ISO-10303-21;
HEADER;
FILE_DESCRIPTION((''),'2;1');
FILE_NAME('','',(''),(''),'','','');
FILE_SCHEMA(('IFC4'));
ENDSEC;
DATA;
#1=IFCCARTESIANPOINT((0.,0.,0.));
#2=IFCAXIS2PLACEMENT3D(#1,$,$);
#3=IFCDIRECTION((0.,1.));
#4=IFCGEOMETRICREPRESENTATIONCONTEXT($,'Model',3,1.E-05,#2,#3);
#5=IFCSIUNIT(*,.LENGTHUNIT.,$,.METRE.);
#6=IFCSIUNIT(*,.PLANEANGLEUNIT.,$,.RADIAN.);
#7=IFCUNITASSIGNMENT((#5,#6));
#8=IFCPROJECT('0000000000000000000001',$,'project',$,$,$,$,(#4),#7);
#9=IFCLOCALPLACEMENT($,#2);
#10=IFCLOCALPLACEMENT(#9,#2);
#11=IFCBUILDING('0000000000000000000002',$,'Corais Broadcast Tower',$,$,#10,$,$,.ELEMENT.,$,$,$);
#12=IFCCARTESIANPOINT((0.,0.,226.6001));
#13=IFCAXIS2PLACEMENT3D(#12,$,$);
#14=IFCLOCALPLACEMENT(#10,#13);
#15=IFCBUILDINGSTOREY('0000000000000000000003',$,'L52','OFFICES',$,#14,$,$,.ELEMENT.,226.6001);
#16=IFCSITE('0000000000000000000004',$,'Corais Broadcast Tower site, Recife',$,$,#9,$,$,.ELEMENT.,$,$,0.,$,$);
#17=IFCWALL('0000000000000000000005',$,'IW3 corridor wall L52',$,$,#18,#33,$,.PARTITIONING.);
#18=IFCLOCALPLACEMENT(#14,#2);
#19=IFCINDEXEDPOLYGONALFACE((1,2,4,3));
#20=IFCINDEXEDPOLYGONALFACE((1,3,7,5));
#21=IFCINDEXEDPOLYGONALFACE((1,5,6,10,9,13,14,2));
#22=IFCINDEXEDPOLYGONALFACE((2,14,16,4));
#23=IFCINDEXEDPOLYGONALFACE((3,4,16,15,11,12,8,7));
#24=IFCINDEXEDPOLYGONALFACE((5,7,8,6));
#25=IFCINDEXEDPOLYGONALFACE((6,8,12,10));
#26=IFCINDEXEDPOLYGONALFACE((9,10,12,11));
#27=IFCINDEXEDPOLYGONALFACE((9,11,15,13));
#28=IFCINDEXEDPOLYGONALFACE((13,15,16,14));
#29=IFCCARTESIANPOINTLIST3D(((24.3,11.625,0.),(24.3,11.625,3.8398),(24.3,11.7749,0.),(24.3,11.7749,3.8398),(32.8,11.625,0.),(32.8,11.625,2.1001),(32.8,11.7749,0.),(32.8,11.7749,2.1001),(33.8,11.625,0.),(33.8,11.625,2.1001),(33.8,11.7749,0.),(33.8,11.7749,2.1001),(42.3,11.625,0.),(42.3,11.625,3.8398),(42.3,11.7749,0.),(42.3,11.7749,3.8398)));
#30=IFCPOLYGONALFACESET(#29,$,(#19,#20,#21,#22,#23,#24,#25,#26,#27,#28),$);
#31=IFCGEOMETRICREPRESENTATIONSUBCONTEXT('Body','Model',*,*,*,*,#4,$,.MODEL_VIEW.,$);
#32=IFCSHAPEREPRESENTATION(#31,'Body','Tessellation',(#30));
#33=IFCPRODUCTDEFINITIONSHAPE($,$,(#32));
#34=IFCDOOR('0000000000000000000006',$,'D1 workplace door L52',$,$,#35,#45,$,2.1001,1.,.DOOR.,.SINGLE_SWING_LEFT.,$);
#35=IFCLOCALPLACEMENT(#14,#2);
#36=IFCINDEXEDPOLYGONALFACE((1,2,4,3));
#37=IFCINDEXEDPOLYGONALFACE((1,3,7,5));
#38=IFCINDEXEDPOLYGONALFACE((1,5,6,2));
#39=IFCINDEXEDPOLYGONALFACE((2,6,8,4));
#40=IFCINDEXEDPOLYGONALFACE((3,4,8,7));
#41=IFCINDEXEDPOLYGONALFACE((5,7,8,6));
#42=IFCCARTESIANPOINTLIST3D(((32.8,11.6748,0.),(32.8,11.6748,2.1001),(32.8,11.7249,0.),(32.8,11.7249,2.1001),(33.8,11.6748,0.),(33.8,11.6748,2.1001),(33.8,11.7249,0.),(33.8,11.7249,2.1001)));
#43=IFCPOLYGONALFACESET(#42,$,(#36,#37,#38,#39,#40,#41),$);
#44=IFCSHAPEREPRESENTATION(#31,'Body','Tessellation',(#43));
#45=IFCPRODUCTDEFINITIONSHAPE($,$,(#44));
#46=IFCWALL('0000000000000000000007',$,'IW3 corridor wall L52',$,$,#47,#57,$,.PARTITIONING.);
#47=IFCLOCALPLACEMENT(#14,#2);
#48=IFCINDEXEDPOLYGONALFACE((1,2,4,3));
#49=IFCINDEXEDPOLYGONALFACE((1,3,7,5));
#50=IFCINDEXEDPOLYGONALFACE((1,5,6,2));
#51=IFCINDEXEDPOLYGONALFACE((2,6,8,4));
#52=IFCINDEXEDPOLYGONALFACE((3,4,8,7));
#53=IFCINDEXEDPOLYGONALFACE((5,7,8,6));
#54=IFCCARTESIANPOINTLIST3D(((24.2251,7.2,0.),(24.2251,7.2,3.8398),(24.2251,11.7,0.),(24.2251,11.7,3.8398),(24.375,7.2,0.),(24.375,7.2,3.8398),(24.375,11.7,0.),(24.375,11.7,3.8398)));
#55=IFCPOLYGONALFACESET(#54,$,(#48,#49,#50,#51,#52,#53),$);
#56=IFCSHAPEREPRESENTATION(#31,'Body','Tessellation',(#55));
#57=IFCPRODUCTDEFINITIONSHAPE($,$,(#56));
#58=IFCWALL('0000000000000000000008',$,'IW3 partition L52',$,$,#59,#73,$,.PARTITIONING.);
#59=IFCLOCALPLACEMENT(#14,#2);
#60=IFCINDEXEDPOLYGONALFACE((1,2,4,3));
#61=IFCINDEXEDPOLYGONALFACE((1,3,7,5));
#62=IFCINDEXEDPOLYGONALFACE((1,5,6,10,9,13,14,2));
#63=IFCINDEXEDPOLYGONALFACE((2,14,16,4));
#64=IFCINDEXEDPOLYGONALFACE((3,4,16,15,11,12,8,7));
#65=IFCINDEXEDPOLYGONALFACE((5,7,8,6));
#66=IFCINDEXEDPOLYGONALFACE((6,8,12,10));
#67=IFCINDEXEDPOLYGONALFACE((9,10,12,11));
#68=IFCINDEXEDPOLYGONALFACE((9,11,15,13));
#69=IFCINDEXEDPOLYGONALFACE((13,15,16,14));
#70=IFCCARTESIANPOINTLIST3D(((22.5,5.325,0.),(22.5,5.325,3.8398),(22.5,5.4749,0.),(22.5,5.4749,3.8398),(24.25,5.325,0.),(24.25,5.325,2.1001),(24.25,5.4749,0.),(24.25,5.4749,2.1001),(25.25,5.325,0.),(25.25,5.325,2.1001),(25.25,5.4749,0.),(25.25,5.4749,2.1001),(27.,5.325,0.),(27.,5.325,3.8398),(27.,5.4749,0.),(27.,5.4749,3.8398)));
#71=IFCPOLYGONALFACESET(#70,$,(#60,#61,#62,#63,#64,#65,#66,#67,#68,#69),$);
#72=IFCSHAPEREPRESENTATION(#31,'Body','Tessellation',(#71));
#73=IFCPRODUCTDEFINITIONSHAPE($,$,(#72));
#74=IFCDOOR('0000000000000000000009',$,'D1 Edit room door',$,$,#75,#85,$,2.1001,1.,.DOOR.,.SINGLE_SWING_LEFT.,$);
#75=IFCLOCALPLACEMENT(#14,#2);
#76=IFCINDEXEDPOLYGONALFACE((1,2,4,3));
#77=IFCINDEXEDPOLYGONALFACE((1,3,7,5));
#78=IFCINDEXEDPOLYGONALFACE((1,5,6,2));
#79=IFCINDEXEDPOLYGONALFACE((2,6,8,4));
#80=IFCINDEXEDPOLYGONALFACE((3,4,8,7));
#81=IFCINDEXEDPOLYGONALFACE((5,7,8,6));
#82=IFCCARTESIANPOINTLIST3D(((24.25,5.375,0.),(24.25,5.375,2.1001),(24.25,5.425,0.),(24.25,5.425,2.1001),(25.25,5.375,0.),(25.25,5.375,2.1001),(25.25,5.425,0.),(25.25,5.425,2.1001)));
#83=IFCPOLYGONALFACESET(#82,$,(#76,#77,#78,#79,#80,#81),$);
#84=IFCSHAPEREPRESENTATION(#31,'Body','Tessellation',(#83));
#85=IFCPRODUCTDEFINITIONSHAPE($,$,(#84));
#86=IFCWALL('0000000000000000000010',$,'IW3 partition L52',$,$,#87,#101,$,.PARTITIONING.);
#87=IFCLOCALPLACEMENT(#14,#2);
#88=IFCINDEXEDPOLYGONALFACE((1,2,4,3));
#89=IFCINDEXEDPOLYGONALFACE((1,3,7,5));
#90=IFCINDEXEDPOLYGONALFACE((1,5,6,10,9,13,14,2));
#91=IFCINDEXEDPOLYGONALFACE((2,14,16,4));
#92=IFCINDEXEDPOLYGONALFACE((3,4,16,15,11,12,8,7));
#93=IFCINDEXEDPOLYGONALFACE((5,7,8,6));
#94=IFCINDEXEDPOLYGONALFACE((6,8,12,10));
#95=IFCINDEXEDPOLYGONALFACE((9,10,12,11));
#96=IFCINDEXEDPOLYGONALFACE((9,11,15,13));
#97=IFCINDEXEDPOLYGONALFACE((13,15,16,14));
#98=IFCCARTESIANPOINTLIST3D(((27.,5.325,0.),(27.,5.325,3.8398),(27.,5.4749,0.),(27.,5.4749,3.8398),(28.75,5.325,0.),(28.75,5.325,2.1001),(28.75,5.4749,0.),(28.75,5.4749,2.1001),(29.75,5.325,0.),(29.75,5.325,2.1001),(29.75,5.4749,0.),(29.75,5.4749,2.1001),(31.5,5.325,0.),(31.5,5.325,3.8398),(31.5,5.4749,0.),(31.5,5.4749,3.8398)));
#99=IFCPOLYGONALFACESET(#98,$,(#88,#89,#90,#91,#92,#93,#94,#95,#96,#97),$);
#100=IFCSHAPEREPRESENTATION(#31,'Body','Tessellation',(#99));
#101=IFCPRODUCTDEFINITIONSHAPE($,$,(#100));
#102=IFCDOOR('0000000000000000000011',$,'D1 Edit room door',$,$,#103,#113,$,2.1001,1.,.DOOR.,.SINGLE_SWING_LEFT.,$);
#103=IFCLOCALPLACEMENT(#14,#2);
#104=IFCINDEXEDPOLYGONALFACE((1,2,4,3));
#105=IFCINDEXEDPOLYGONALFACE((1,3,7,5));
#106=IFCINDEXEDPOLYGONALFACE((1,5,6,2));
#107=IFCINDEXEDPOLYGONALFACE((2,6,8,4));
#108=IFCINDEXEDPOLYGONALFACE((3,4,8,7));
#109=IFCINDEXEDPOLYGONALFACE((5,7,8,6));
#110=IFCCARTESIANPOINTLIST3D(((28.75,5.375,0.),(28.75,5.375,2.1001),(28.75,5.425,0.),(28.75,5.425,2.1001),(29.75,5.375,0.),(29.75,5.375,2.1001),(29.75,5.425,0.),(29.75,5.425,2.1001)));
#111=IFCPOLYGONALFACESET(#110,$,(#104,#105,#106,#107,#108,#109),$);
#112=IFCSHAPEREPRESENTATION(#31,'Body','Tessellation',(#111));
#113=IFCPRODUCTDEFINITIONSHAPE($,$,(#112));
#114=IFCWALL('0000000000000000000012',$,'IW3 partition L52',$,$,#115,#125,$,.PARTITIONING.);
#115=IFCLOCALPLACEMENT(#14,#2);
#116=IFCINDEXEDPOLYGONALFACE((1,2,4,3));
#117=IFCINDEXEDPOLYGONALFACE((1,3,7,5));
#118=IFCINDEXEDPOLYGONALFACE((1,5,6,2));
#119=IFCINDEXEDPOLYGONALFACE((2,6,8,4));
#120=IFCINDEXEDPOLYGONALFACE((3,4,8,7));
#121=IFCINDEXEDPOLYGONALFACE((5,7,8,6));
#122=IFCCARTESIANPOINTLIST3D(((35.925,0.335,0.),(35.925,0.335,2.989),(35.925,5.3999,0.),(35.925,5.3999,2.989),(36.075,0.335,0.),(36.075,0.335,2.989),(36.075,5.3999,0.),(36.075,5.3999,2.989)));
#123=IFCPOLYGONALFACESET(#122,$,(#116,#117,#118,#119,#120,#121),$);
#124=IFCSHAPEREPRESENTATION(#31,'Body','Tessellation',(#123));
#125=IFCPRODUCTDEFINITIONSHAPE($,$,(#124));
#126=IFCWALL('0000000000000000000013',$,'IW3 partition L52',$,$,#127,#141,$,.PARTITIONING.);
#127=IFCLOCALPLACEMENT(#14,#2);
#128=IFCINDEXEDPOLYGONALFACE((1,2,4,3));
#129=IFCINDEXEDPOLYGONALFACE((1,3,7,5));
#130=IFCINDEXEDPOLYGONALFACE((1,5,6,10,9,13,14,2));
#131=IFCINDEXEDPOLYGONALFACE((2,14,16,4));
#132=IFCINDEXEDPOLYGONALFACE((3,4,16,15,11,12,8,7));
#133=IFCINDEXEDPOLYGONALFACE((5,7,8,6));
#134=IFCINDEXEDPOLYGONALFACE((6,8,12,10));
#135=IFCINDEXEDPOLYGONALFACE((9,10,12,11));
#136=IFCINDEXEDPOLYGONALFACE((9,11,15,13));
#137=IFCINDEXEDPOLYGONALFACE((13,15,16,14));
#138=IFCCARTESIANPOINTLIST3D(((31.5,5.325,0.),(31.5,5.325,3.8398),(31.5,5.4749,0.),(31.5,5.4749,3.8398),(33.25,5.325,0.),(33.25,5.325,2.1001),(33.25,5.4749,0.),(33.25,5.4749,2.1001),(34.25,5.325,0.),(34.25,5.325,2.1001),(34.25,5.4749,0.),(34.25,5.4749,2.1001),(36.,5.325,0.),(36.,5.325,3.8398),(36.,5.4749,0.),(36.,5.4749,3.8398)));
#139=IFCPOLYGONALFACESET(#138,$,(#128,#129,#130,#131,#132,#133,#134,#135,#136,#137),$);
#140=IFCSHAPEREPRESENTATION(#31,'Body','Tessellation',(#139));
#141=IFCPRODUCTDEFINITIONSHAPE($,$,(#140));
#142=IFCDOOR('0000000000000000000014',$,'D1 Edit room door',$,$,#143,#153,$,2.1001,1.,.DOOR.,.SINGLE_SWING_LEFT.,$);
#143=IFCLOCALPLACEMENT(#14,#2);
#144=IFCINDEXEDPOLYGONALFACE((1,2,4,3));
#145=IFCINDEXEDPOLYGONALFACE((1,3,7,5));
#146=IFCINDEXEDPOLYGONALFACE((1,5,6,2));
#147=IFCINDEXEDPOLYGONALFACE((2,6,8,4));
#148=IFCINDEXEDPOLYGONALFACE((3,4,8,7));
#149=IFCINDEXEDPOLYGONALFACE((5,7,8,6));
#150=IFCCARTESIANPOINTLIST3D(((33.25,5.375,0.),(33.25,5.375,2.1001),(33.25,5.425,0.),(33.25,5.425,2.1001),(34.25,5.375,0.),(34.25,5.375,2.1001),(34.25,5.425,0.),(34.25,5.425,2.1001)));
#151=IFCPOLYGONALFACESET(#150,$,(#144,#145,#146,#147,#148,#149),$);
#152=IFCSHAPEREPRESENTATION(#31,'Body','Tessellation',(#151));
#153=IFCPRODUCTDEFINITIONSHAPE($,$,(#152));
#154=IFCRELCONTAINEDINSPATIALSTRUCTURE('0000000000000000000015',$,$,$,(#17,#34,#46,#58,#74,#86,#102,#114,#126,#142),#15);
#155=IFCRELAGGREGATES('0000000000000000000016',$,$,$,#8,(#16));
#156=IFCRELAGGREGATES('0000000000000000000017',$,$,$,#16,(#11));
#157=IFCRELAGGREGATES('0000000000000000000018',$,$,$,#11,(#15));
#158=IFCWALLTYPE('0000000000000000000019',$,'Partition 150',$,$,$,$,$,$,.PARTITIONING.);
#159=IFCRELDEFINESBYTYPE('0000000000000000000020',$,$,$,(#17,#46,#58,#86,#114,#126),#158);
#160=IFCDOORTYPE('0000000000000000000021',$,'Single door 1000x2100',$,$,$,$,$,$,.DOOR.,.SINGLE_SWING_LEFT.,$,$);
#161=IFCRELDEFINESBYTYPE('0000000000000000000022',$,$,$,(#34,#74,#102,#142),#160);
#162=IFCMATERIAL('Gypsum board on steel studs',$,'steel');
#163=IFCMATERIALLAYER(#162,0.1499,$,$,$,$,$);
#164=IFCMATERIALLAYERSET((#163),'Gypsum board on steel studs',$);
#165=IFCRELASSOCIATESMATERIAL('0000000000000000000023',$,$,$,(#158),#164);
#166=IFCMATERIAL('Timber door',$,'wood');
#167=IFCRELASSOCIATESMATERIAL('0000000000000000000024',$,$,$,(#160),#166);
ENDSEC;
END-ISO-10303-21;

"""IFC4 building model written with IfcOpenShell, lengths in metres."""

from ifc_helpers import new_model, si_unit, direction, frame, frame_2d, origin, place, context, subcontext, project, spatial, rectangle, extrude, material, layer, layer_set, type_object, element, fill, save


model = new_model("IFC4")

# Units and contexts
model_context = context("Model", 3, precision=1e-05, world=origin(), true_north=direction((0.0, 1.0)))
body_context = subcontext(model_context, "Body", "Model", "MODEL_VIEW")
ifc_project = project(units=[si_unit("LENGTHUNIT", "METRE"), si_unit("PLANEANGLEUNIT", "RADIAN")], contexts=[model_context])

# Site, building, storey
site_placement = place(None, origin())
site = spatial("IfcSite", under=ifc_project, at=site_placement, Name="Corais Broadcast Tower site, Recife", CompositionType="ELEMENT", RefElevation=0.0)
building_placement = place(site_placement, origin())
building = spatial("IfcBuilding", under=site, at=building_placement, Name="Corais Broadcast Tower", CompositionType="ELEMENT")
storey_placement = place(building_placement, frame((0.0, 0.0, 226.6001)))
storey = spatial("IfcBuildingStorey", under=building, at=storey_placement, Name="L52", Description="OFFICES", CompositionType="ELEMENT", Elevation=226.6001)

# Wall, opening, door
ifc_material_1 = material(Name="Gypsum board on steel studs", Category="steel")
ifc_layer_1 = layer(ifc_material_1, 0.1499)
ifc_layer_set_1 = layer_set([ifc_layer_1], Name="Gypsum board on steel studs")
wall_type_1 = type_object("IfcWallType", Name="Partition 150", PredefinedType="PARTITIONING", material=ifc_layer_set_1)
wall_1_placement = place(storey_placement, frame((24.3, 11.7, 0.0), z_axis=(0.0, 0.0, 1.0), x_axis=(1.0, 0.0, 0.0)))
wall_1 = element("IfcWall", 1, at=wall_1_placement, inside=storey, type_object=wall_type_1, Name="IW3 corridor wall L52", PredefinedType="PARTITIONING", context=body_context, shape_type="SweptSolid", body=[
    extrude(rectangle(XDim=18.0, YDim=0.1499, at=frame_2d((9.0, 0.0))), origin(), (0.0, 0.0, 1.0), 3.8398),
])
opening_1_placement = place(wall_1_placement, frame((8.5, 0.0, 0.0)))
opening_1 = element("IfcOpeningElement", 2, at=opening_1_placement, cuts=wall_1, PredefinedType="OPENING", context=body_context, shape_type="SweptSolid", body=[
    extrude(rectangle(XDim=1.0, YDim=2.1001, at=frame_2d((0.5, 1.05))), frame((0.0, 0.085, 0.0), z_axis=(0.0, -1.0, 0.0), x_axis=(1.0, 0.0, 0.0)), (0.0, 0.0, 1.0), 0.1699),
])
ifc_material_2 = material(Name="Timber door", Category="wood")
door_type = type_object("IfcDoorType", Name="Single door 1000x2100", OperationType="SINGLE_SWING_LEFT", PredefinedType="DOOR", material=ifc_material_2)
door_1_placement = place(opening_1_placement, origin())
door_1 = element("IfcDoor", 3, at=door_1_placement, inside=storey, type_object=door_type, Name="D1 workplace door L52", OperationType="SINGLE_SWING_LEFT", OverallHeight=2.1001, OverallWidth=1.0, PredefinedType="DOOR", context=body_context, shape_type="SweptSolid", body=[
    extrude(rectangle(XDim=1.0, YDim=2.1001, at=frame_2d((0.5, 1.05))), frame((0.0, 0.0249, 0.0), z_axis=(0.0, -1.0, 0.0), x_axis=(1.0, 0.0, 0.0)), (0.0, 0.0, 1.0), 0.05),
])
fill(opening_1, door_1)

# Wall
wall_2_placement = place(storey_placement, frame((24.3, 7.2, 0.0), z_axis=(0.0, 0.0, 1.0), x_axis=(0.0, 1.0, 0.0)))
element("IfcWall", 4, at=wall_2_placement, inside=storey, type_object=wall_type_1, Name="IW3 corridor wall L52", PredefinedType="PARTITIONING", context=body_context, shape_type="SweptSolid", body=[
    extrude(rectangle(XDim=4.5, YDim=0.1499, at=frame_2d((2.25, 0.0))), origin(), (0.0, 0.0, 1.0), 3.8398),
])

# Walls, openings, doors
wall_3_placement = place(storey_placement, frame((27.0, 5.3999, 0.0), z_axis=(0.0, 0.0, 1.0), x_axis=(-1.0, 0.0, 0.0)))
wall_3 = element("IfcWall", 5, at=wall_3_placement, inside=storey, type_object=wall_type_1, Name="IW3 partition L52", PredefinedType="PARTITIONING", context=body_context, shape_type="SweptSolid", body=[
    extrude(rectangle(XDim=4.5, YDim=0.1499, at=frame_2d((2.25, 0.0))), origin(), (0.0, 0.0, 1.0), 3.8398),
])
opening_2_placement = place(wall_3_placement, frame((1.75, 0.0, 0.0)))
opening_2 = element("IfcOpeningElement", 6, at=opening_2_placement, cuts=wall_3, PredefinedType="OPENING", context=body_context, shape_type="SweptSolid", body=[
    extrude(rectangle(XDim=1.0, YDim=2.1001, at=frame_2d((0.5, 1.05))), frame((0.0, 0.085, 0.0), z_axis=(0.0, -1.0, 0.0), x_axis=(1.0, 0.0, 0.0)), (0.0, 0.0, 1.0), 0.1699),
])
door_2_placement = place(opening_2_placement, origin())
door_2 = element("IfcDoor", 7, at=door_2_placement, inside=storey, type_object=door_type, Name="D1 Edit room door", OperationType="SINGLE_SWING_LEFT", OverallHeight=2.1001, OverallWidth=1.0, PredefinedType="DOOR", context=body_context, shape_type="SweptSolid", body=[
    extrude(rectangle(XDim=1.0, YDim=2.1001, at=frame_2d((0.5, 1.05))), frame((0.0, 0.0249, 0.0), z_axis=(0.0, -1.0, 0.0), x_axis=(1.0, 0.0, 0.0)), (0.0, 0.0, 1.0), 0.05),
])
fill(opening_2, door_2)
wall_4_placement = place(storey_placement, frame((31.5, 5.3999, 0.0), z_axis=(0.0, 0.0, 1.0), x_axis=(-1.0, 0.0, 0.0)))
wall_4 = element("IfcWall", 8, at=wall_4_placement, inside=storey, type_object=wall_type_1, Name="IW3 partition L52", PredefinedType="PARTITIONING", context=body_context, shape_type="SweptSolid", body=[
    extrude(rectangle(XDim=4.5, YDim=0.1499, at=frame_2d((2.25, 0.0))), origin(), (0.0, 0.0, 1.0), 3.8398),
])
opening_3_placement = place(wall_4_placement, frame((1.75, 0.0, 0.0)))
opening_3 = element("IfcOpeningElement", 9, at=opening_3_placement, cuts=wall_4, PredefinedType="OPENING", context=body_context, shape_type="SweptSolid", body=[
    extrude(rectangle(XDim=1.0, YDim=2.1001, at=frame_2d((0.5, 1.05))), frame((0.0, 0.085, 0.0), z_axis=(0.0, -1.0, 0.0), x_axis=(1.0, 0.0, 0.0)), (0.0, 0.0, 1.0), 0.1699),
])
door_3_placement = place(opening_3_placement, origin())
door_3 = element("IfcDoor", 10, at=door_3_placement, inside=storey, type_object=door_type, Name="D1 Edit room door", OperationType="SINGLE_SWING_LEFT", OverallHeight=2.1001, OverallWidth=1.0, PredefinedType="DOOR", context=body_context, shape_type="SweptSolid", body=[
    extrude(rectangle(XDim=1.0, YDim=2.1001, at=frame_2d((0.5, 1.05))), frame((0.0, 0.0249, 0.0), z_axis=(0.0, -1.0, 0.0), x_axis=(1.0, 0.0, 0.0)), (0.0, 0.0, 1.0), 0.05),
])
fill(opening_3, door_3)

# Wall
wall_5_placement = place(storey_placement, frame((36.0, 0.335, 0.0), z_axis=(0.0, 0.0, 1.0), x_axis=(0.0, 1.0, 0.0)))
element("IfcWall", 11, at=wall_5_placement, inside=storey, type_object=wall_type_1, Name="IW3 partition L52", PredefinedType="PARTITIONING", context=body_context, shape_type="SweptSolid", body=[
    extrude(rectangle(XDim=5.0649, YDim=0.1499, at=frame_2d((2.5325, 0.0))), origin(), (0.0, 0.0, 1.0), 2.989),
])

# Wall, opening, door
wall_6_placement = place(storey_placement, frame((36.0, 5.3999, 0.0), z_axis=(0.0, 0.0, 1.0), x_axis=(-1.0, 0.0, 0.0)))
wall_6 = element("IfcWall", 12, at=wall_6_placement, inside=storey, type_object=wall_type_1, Name="IW3 partition L52", PredefinedType="PARTITIONING", context=body_context, shape_type="SweptSolid", body=[
    extrude(rectangle(XDim=4.5, YDim=0.1499, at=frame_2d((2.25, 0.0))), origin(), (0.0, 0.0, 1.0), 3.8398),
])
opening_4_placement = place(wall_6_placement, frame((1.75, 0.0, 0.0)))
opening_4 = element("IfcOpeningElement", 13, at=opening_4_placement, cuts=wall_6, PredefinedType="OPENING", context=body_context, shape_type="SweptSolid", body=[
    extrude(rectangle(XDim=1.0, YDim=2.1001, at=frame_2d((0.5, 1.05))), frame((0.0, 0.085, 0.0), z_axis=(0.0, -1.0, 0.0), x_axis=(1.0, 0.0, 0.0)), (0.0, 0.0, 1.0), 0.1699),
])
door_4_placement = place(opening_4_placement, origin())
door_4 = element("IfcDoor", 14, at=door_4_placement, inside=storey, type_object=door_type, Name="D1 Edit room door", OperationType="SINGLE_SWING_LEFT", OverallHeight=2.1001, OverallWidth=1.0, PredefinedType="DOOR", context=body_context, shape_type="SweptSolid", body=[
    extrude(rectangle(XDim=1.0, YDim=2.1001, at=frame_2d((0.5, 1.05))), frame((0.0, 0.0249, 0.0), z_axis=(0.0, -1.0, 0.0), x_axis=(1.0, 0.0, 0.0)), (0.0, 0.0, 1.0), 0.05),
])
fill(opening_4, door_4)

save(model, "model.ifc")
